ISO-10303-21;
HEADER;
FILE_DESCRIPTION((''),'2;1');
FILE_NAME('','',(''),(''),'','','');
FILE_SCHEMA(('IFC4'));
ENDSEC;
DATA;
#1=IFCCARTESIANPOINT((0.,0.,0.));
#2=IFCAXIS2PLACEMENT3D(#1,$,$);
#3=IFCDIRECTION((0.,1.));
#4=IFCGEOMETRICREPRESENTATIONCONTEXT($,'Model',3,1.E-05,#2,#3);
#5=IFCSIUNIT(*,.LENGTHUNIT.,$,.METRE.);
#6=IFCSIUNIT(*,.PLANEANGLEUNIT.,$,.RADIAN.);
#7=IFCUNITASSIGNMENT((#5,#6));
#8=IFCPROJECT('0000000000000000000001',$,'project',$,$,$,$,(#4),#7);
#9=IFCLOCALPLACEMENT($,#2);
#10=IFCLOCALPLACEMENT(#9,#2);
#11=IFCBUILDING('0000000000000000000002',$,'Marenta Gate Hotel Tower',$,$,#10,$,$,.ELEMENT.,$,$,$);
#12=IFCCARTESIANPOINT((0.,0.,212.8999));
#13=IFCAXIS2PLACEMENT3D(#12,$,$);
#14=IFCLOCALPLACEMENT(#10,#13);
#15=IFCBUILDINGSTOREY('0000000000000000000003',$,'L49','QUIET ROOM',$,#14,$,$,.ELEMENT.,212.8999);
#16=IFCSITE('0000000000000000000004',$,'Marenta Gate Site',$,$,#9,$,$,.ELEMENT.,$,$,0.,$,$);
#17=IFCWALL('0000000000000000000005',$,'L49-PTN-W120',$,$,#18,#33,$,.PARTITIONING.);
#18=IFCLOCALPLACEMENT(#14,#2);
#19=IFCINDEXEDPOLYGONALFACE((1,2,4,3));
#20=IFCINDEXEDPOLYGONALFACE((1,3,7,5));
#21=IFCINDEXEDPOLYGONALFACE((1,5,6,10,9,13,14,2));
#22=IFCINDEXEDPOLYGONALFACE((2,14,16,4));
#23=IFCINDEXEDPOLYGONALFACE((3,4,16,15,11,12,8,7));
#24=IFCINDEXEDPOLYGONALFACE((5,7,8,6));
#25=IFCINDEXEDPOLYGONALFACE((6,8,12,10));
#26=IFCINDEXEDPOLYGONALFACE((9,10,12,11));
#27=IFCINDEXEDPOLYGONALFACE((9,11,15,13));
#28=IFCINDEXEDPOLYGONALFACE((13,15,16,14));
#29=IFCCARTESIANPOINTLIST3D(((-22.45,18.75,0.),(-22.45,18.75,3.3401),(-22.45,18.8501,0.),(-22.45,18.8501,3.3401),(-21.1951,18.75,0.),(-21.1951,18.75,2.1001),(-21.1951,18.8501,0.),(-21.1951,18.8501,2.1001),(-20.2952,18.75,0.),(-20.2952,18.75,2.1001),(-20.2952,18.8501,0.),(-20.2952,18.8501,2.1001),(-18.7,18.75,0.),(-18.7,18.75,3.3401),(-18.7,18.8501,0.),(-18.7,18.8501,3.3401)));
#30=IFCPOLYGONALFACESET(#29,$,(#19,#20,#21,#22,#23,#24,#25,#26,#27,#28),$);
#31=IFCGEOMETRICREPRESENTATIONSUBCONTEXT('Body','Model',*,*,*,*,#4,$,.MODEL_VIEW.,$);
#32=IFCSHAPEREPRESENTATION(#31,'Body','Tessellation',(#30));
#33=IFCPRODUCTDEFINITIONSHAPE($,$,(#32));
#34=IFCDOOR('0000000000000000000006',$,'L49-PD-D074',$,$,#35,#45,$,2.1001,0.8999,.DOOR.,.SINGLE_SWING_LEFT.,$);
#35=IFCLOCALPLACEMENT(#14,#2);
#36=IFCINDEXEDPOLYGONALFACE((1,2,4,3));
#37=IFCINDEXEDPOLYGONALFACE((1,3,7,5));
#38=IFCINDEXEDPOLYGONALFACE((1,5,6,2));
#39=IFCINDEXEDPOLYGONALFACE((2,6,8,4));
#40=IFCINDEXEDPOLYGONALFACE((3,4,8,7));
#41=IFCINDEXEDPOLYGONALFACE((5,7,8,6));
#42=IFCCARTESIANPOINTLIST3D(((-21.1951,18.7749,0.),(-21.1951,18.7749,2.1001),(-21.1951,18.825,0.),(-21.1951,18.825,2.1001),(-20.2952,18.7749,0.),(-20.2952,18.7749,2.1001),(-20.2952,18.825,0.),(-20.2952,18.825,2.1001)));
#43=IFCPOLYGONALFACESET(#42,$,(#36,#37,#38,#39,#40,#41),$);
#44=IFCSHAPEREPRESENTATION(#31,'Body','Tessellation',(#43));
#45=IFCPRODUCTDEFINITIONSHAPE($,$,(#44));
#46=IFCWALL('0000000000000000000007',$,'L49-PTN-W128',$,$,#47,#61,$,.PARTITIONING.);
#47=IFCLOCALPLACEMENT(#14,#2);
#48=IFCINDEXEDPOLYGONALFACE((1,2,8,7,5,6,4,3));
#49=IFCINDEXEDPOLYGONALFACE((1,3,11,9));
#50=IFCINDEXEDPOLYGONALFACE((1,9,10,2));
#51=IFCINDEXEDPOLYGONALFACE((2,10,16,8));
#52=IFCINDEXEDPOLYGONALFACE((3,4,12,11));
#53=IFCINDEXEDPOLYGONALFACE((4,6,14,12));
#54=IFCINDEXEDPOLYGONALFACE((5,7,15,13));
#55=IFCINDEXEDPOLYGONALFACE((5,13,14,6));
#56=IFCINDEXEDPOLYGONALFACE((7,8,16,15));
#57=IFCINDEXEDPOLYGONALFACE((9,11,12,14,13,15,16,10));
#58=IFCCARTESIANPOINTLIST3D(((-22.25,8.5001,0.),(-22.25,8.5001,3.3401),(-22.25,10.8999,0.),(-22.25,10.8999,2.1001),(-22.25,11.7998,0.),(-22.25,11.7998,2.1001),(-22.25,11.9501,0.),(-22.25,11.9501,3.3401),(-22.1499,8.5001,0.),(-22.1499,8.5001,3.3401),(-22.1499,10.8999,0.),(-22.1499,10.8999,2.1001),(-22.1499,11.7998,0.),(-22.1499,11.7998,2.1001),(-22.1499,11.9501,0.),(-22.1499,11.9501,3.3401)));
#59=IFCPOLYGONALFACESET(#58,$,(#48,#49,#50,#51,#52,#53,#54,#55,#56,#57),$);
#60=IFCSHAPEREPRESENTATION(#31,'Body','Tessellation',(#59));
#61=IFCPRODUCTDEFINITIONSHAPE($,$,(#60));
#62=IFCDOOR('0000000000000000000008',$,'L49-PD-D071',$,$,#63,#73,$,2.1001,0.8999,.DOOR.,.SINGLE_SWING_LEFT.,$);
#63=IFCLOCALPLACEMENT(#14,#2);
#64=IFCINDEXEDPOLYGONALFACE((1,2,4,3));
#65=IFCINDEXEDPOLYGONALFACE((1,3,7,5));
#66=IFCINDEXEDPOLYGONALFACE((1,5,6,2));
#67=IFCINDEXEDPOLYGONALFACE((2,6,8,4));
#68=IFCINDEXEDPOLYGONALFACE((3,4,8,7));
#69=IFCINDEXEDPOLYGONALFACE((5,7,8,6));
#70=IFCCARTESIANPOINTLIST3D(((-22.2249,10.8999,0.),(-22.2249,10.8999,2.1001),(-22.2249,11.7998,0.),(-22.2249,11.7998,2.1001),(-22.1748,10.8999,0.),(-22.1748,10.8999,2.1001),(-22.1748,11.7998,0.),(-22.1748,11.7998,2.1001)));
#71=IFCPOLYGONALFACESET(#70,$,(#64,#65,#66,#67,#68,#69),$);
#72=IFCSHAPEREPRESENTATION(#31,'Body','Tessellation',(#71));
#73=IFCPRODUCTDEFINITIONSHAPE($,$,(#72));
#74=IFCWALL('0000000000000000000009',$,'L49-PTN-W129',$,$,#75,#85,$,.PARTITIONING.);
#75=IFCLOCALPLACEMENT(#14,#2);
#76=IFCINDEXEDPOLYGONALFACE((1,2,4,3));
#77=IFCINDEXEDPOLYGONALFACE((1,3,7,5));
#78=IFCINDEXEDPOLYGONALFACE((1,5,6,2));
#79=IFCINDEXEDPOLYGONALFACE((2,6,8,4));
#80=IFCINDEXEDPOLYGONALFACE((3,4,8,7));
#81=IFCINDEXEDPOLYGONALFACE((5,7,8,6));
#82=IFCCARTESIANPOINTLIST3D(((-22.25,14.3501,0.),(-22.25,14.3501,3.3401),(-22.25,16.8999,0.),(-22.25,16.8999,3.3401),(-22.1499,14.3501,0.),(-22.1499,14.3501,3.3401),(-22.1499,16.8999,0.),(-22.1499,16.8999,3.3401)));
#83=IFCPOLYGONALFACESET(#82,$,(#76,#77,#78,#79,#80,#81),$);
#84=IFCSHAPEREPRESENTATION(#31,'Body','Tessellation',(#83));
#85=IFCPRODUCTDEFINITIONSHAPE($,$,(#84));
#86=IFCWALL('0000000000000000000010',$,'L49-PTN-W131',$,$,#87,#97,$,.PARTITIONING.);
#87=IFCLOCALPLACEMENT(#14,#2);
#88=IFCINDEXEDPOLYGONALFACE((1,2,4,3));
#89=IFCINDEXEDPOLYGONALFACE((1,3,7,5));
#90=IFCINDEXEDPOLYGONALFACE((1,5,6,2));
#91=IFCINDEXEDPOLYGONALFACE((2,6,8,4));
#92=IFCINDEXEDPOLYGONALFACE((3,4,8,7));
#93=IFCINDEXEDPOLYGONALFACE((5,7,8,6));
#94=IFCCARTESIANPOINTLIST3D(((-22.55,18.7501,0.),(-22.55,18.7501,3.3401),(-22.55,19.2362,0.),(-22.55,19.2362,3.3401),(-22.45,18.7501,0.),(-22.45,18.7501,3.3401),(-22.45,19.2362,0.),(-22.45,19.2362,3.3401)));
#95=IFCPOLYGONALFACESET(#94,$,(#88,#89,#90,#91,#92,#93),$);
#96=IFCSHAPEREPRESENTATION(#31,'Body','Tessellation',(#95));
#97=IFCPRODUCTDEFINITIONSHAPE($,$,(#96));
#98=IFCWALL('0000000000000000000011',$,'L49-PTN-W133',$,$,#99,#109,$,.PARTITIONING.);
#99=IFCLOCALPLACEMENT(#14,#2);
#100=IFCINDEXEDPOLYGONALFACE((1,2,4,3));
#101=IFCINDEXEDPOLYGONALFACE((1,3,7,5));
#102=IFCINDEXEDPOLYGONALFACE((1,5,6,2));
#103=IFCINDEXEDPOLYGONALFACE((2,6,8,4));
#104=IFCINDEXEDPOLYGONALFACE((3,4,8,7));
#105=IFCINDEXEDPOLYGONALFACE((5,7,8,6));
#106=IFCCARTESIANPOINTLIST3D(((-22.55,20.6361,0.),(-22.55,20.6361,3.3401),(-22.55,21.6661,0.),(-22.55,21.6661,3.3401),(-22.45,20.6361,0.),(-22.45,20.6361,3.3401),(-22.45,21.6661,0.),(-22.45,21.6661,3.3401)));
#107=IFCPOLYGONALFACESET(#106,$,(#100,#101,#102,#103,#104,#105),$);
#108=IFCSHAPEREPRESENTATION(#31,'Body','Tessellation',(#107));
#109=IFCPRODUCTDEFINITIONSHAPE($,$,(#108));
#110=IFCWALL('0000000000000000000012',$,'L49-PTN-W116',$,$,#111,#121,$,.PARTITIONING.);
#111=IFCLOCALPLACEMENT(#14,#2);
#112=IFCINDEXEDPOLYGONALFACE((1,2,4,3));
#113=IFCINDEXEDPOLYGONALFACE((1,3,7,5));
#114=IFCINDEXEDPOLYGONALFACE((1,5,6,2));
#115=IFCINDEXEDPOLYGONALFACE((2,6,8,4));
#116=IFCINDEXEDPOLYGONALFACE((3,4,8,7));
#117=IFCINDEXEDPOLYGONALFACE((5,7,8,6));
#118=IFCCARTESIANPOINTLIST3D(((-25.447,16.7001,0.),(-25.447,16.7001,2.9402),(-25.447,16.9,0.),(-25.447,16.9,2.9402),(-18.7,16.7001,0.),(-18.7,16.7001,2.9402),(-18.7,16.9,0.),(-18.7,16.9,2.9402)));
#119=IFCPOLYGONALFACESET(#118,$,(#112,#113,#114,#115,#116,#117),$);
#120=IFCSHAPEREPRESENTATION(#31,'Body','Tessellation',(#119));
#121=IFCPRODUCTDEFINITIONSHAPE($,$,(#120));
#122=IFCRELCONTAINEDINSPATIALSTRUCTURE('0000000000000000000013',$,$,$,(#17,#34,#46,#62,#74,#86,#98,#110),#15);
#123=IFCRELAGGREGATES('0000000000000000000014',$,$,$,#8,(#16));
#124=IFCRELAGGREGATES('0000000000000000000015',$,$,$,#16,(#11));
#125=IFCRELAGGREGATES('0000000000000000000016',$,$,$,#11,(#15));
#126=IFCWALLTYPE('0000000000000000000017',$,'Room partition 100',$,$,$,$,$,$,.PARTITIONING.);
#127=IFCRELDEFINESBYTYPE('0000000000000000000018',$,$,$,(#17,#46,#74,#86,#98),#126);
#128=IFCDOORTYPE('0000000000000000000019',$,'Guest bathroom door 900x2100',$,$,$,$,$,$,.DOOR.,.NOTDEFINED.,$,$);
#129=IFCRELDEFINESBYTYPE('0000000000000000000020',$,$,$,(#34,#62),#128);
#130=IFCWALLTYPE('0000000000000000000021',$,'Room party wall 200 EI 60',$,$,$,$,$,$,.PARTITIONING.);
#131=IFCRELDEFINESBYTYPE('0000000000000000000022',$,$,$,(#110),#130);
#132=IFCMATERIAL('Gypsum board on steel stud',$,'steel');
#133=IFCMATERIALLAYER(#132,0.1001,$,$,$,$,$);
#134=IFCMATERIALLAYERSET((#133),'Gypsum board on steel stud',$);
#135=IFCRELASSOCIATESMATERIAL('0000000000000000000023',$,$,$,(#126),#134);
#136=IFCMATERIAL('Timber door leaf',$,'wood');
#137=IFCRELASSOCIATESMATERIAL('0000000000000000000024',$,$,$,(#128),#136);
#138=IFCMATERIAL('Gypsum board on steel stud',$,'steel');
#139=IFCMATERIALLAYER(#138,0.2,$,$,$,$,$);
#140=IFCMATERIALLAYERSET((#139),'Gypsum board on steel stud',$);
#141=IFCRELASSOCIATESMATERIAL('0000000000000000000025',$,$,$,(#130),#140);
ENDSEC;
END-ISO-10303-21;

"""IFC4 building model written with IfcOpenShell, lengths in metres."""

from ifc_helpers import new_model, si_unit, direction, frame, frame_2d, origin, place, context, subcontext, project, spatial, rectangle, extrude, material, layer, layer_set, type_object, element, fill, save


model = new_model("IFC4")

# Units and contexts
model_context = context("Model", 3, precision=1e-05, world=origin(), true_north=direction((0.0, 1.0)))
body_context = subcontext(model_context, "Body", "Model", "MODEL_VIEW")
ifc_project = project(units=[si_unit("LENGTHUNIT", "METRE"), si_unit("PLANEANGLEUNIT", "RADIAN")], contexts=[model_context])

# Site, building, storey
site_placement = place(None, origin())
site = spatial("IfcSite", under=ifc_project, at=site_placement, Name="Marenta Gate Site", CompositionType="ELEMENT", RefElevation=0.0)
building_placement = place(site_placement, origin())
building = spatial("IfcBuilding", under=site, at=building_placement, Name="Marenta Gate Hotel Tower", CompositionType="ELEMENT")
storey_placement = place(building_placement, frame((0.0, 0.0, 212.8999)))
storey = spatial("IfcBuildingStorey", under=building, at=storey_placement, Name="L49", Description="QUIET ROOM", CompositionType="ELEMENT", Elevation=212.8999)

# Shared definitions
ifc_material_1 = material(Name="Gypsum board on steel stud", Category="steel")
ifc_layer_1 = layer(ifc_material_1, 0.1001)
ifc_layer_set_1 = layer_set([ifc_layer_1], Name="Gypsum board on steel stud")
wall_type_1 = type_object("IfcWallType", Name="Room partition 100", PredefinedType="PARTITIONING", material=ifc_layer_set_1)

# Walls, openings, doors
wall_1_placement = place(storey_placement, frame((-22.45, 18.8, 0.0), z_axis=(0.0, 0.0, 1.0), x_axis=(1.0, 0.0, 0.0)))
wall_1 = element("IfcWall", 1, at=wall_1_placement, inside=storey, type_object=wall_type_1, Name="L49-PTN-W120", PredefinedType="PARTITIONING", context=body_context, shape_type="SweptSolid", body=[
    extrude(rectangle(XDim=3.75, YDim=0.1001, at=frame_2d((1.875, 0.0))), origin(), (0.0, 0.0, 1.0), 3.3401),
])
opening_1_placement = place(wall_1_placement, frame((1.2549, 0.0, 0.0)))
opening_1 = element("IfcOpeningElement", 2, at=opening_1_placement, cuts=wall_1, PredefinedType="OPENING", context=body_context, shape_type="SweptSolid", body=[
    extrude(rectangle(XDim=0.8999, YDim=2.1001, at=frame_2d((0.45, 1.05))), frame((0.0, 0.05, 0.0), z_axis=(0.0, -1.0, 0.0), x_axis=(1.0, 0.0, 0.0)), (0.0, 0.0, 1.0), 0.1001),
])
ifc_material_2 = material(Name="Timber door leaf", Category="wood")
door_type = type_object("IfcDoorType", Name="Guest bathroom door 900x2100", OperationType="NOTDEFINED", PredefinedType="DOOR", material=ifc_material_2)
door_1_placement = place(opening_1_placement, origin())
door_1 = element("IfcDoor", 3, at=door_1_placement, inside=storey, type_object=door_type, Name="L49-PD-D074", OperationType="SINGLE_SWING_LEFT", OverallHeight=2.1001, OverallWidth=0.8999, PredefinedType="DOOR", context=body_context, shape_type="SweptSolid", body=[
    extrude(rectangle(XDim=0.8999, YDim=2.1001, at=frame_2d((0.45, 1.05))), frame((0.0, 0.0249, 0.0), z_axis=(0.0, -1.0, 0.0), x_axis=(1.0, 0.0, 0.0)), (0.0, 0.0, 1.0), 0.05),
])
fill(opening_1, door_1)
wall_2_placement = place(storey_placement, frame((-22.2, 8.5, 0.0), z_axis=(0.0, 0.0, 1.0), x_axis=(0.0, 1.0, 0.0)))
wall_2 = element("IfcWall", 4, at=wall_2_placement, inside=storey, type_object=wall_type_1, Name="L49-PTN-W128", PredefinedType="PARTITIONING", context=body_context, shape_type="SweptSolid", body=[
    extrude(rectangle(XDim=3.45, YDim=0.1001, at=frame_2d((1.7251, 0.0))), origin(), (0.0, 0.0, 1.0), 3.3401),
])
opening_2_placement = place(wall_2_placement, frame((2.3999, 0.0, 0.0)))
opening_2 = element("IfcOpeningElement", 5, at=opening_2_placement, cuts=wall_2, PredefinedType="OPENING", context=body_context, shape_type="SweptSolid", body=[
    extrude(rectangle(XDim=0.8999, YDim=2.1001, at=frame_2d((0.45, 1.05))), frame((0.0, 0.05, 0.0), z_axis=(0.0, -1.0, 0.0), x_axis=(1.0, 0.0, 0.0)), (0.0, 0.0, 1.0), 0.1001),
])
door_2_placement = place(opening_2_placement, origin())
door_2 = element("IfcDoor", 6, at=door_2_placement, inside=storey, type_object=door_type, Name="L49-PD-D071", OperationType="SINGLE_SWING_LEFT", OverallHeight=2.1001, OverallWidth=0.8999, PredefinedType="DOOR", context=body_context, shape_type="SweptSolid", body=[
    extrude(rectangle(XDim=0.8999, YDim=2.1001, at=frame_2d((0.45, 1.05))), frame((0.0, 0.0249, 0.0), z_axis=(0.0, -1.0, 0.0), x_axis=(1.0, 0.0, 0.0)), (0.0, 0.0, 1.0), 0.05),
])
fill(opening_2, door_2)

# Walls
wall_3_placement = place(storey_placement, frame((-22.2, 14.3501, 0.0), z_axis=(0.0, 0.0, 1.0), x_axis=(0.0, 1.0, 0.0)))
element("IfcWall", 7, at=wall_3_placement, inside=storey, type_object=wall_type_1, Name="L49-PTN-W129", PredefinedType="PARTITIONING", context=body_context, shape_type="SweptSolid", body=[
    extrude(rectangle(XDim=2.5498, YDim=0.1001, at=frame_2d((1.2749, 0.0))), origin(), (0.0, 0.0, 1.0), 3.3401),
])
wall_4_placement = place(storey_placement, frame((-22.5, 18.75, 0.0), z_axis=(0.0, 0.0, 1.0), x_axis=(0.0, 1.0, 0.0)))
element("IfcWall", 8, at=wall_4_placement, inside=storey, type_object=wall_type_1, Name="L49-PTN-W131", PredefinedType="PARTITIONING", context=body_context, shape_type="SweptSolid", body=[
    extrude(rectangle(XDim=0.4861, YDim=0.1001, at=frame_2d((0.2432, 0.0))), origin(), (0.0, 0.0, 1.0), 3.3401),
])
wall_5_placement = place(storey_placement, frame((-22.5, 20.636, 0.0), z_axis=(0.0, 0.0, 1.0), x_axis=(0.0, 1.0, 0.0)))
element("IfcWall", 9, at=wall_5_placement, inside=storey, type_object=wall_type_1, Name="L49-PTN-W133", PredefinedType="PARTITIONING", context=body_context, shape_type="SweptSolid", body=[
    extrude(rectangle(XDim=1.03, YDim=0.1001, at=frame_2d((0.5151, 0.0))), origin(), (0.0, 0.0, 1.0), 3.3401),
])
ifc_material_3 = material(Name="Gypsum board on steel stud", Category="steel")
ifc_layer_2 = layer(ifc_material_3, 0.2)
ifc_layer_set_2 = layer_set([ifc_layer_2], Name="Gypsum board on steel stud")
wall_type_2 = type_object("IfcWallType", Name="Room party wall 200 EI 60", PredefinedType="PARTITIONING", material=ifc_layer_set_2)
wall_6_placement = place(storey_placement, frame((-25.447, 16.8, 0.0), z_axis=(0.0, 0.0, 1.0), x_axis=(1.0, 0.0, 0.0)))
element("IfcWall", 10, at=wall_6_placement, inside=storey, type_object=wall_type_2, Name="L49-PTN-W116", PredefinedType="PARTITIONING", context=body_context, shape_type="SweptSolid", body=[
    extrude(rectangle(XDim=6.7471, YDim=0.2, at=frame_2d((3.3735, 0.0))), origin(), (0.0, 0.0, 1.0), 2.9402),
])

save(model, "model.ifc")
